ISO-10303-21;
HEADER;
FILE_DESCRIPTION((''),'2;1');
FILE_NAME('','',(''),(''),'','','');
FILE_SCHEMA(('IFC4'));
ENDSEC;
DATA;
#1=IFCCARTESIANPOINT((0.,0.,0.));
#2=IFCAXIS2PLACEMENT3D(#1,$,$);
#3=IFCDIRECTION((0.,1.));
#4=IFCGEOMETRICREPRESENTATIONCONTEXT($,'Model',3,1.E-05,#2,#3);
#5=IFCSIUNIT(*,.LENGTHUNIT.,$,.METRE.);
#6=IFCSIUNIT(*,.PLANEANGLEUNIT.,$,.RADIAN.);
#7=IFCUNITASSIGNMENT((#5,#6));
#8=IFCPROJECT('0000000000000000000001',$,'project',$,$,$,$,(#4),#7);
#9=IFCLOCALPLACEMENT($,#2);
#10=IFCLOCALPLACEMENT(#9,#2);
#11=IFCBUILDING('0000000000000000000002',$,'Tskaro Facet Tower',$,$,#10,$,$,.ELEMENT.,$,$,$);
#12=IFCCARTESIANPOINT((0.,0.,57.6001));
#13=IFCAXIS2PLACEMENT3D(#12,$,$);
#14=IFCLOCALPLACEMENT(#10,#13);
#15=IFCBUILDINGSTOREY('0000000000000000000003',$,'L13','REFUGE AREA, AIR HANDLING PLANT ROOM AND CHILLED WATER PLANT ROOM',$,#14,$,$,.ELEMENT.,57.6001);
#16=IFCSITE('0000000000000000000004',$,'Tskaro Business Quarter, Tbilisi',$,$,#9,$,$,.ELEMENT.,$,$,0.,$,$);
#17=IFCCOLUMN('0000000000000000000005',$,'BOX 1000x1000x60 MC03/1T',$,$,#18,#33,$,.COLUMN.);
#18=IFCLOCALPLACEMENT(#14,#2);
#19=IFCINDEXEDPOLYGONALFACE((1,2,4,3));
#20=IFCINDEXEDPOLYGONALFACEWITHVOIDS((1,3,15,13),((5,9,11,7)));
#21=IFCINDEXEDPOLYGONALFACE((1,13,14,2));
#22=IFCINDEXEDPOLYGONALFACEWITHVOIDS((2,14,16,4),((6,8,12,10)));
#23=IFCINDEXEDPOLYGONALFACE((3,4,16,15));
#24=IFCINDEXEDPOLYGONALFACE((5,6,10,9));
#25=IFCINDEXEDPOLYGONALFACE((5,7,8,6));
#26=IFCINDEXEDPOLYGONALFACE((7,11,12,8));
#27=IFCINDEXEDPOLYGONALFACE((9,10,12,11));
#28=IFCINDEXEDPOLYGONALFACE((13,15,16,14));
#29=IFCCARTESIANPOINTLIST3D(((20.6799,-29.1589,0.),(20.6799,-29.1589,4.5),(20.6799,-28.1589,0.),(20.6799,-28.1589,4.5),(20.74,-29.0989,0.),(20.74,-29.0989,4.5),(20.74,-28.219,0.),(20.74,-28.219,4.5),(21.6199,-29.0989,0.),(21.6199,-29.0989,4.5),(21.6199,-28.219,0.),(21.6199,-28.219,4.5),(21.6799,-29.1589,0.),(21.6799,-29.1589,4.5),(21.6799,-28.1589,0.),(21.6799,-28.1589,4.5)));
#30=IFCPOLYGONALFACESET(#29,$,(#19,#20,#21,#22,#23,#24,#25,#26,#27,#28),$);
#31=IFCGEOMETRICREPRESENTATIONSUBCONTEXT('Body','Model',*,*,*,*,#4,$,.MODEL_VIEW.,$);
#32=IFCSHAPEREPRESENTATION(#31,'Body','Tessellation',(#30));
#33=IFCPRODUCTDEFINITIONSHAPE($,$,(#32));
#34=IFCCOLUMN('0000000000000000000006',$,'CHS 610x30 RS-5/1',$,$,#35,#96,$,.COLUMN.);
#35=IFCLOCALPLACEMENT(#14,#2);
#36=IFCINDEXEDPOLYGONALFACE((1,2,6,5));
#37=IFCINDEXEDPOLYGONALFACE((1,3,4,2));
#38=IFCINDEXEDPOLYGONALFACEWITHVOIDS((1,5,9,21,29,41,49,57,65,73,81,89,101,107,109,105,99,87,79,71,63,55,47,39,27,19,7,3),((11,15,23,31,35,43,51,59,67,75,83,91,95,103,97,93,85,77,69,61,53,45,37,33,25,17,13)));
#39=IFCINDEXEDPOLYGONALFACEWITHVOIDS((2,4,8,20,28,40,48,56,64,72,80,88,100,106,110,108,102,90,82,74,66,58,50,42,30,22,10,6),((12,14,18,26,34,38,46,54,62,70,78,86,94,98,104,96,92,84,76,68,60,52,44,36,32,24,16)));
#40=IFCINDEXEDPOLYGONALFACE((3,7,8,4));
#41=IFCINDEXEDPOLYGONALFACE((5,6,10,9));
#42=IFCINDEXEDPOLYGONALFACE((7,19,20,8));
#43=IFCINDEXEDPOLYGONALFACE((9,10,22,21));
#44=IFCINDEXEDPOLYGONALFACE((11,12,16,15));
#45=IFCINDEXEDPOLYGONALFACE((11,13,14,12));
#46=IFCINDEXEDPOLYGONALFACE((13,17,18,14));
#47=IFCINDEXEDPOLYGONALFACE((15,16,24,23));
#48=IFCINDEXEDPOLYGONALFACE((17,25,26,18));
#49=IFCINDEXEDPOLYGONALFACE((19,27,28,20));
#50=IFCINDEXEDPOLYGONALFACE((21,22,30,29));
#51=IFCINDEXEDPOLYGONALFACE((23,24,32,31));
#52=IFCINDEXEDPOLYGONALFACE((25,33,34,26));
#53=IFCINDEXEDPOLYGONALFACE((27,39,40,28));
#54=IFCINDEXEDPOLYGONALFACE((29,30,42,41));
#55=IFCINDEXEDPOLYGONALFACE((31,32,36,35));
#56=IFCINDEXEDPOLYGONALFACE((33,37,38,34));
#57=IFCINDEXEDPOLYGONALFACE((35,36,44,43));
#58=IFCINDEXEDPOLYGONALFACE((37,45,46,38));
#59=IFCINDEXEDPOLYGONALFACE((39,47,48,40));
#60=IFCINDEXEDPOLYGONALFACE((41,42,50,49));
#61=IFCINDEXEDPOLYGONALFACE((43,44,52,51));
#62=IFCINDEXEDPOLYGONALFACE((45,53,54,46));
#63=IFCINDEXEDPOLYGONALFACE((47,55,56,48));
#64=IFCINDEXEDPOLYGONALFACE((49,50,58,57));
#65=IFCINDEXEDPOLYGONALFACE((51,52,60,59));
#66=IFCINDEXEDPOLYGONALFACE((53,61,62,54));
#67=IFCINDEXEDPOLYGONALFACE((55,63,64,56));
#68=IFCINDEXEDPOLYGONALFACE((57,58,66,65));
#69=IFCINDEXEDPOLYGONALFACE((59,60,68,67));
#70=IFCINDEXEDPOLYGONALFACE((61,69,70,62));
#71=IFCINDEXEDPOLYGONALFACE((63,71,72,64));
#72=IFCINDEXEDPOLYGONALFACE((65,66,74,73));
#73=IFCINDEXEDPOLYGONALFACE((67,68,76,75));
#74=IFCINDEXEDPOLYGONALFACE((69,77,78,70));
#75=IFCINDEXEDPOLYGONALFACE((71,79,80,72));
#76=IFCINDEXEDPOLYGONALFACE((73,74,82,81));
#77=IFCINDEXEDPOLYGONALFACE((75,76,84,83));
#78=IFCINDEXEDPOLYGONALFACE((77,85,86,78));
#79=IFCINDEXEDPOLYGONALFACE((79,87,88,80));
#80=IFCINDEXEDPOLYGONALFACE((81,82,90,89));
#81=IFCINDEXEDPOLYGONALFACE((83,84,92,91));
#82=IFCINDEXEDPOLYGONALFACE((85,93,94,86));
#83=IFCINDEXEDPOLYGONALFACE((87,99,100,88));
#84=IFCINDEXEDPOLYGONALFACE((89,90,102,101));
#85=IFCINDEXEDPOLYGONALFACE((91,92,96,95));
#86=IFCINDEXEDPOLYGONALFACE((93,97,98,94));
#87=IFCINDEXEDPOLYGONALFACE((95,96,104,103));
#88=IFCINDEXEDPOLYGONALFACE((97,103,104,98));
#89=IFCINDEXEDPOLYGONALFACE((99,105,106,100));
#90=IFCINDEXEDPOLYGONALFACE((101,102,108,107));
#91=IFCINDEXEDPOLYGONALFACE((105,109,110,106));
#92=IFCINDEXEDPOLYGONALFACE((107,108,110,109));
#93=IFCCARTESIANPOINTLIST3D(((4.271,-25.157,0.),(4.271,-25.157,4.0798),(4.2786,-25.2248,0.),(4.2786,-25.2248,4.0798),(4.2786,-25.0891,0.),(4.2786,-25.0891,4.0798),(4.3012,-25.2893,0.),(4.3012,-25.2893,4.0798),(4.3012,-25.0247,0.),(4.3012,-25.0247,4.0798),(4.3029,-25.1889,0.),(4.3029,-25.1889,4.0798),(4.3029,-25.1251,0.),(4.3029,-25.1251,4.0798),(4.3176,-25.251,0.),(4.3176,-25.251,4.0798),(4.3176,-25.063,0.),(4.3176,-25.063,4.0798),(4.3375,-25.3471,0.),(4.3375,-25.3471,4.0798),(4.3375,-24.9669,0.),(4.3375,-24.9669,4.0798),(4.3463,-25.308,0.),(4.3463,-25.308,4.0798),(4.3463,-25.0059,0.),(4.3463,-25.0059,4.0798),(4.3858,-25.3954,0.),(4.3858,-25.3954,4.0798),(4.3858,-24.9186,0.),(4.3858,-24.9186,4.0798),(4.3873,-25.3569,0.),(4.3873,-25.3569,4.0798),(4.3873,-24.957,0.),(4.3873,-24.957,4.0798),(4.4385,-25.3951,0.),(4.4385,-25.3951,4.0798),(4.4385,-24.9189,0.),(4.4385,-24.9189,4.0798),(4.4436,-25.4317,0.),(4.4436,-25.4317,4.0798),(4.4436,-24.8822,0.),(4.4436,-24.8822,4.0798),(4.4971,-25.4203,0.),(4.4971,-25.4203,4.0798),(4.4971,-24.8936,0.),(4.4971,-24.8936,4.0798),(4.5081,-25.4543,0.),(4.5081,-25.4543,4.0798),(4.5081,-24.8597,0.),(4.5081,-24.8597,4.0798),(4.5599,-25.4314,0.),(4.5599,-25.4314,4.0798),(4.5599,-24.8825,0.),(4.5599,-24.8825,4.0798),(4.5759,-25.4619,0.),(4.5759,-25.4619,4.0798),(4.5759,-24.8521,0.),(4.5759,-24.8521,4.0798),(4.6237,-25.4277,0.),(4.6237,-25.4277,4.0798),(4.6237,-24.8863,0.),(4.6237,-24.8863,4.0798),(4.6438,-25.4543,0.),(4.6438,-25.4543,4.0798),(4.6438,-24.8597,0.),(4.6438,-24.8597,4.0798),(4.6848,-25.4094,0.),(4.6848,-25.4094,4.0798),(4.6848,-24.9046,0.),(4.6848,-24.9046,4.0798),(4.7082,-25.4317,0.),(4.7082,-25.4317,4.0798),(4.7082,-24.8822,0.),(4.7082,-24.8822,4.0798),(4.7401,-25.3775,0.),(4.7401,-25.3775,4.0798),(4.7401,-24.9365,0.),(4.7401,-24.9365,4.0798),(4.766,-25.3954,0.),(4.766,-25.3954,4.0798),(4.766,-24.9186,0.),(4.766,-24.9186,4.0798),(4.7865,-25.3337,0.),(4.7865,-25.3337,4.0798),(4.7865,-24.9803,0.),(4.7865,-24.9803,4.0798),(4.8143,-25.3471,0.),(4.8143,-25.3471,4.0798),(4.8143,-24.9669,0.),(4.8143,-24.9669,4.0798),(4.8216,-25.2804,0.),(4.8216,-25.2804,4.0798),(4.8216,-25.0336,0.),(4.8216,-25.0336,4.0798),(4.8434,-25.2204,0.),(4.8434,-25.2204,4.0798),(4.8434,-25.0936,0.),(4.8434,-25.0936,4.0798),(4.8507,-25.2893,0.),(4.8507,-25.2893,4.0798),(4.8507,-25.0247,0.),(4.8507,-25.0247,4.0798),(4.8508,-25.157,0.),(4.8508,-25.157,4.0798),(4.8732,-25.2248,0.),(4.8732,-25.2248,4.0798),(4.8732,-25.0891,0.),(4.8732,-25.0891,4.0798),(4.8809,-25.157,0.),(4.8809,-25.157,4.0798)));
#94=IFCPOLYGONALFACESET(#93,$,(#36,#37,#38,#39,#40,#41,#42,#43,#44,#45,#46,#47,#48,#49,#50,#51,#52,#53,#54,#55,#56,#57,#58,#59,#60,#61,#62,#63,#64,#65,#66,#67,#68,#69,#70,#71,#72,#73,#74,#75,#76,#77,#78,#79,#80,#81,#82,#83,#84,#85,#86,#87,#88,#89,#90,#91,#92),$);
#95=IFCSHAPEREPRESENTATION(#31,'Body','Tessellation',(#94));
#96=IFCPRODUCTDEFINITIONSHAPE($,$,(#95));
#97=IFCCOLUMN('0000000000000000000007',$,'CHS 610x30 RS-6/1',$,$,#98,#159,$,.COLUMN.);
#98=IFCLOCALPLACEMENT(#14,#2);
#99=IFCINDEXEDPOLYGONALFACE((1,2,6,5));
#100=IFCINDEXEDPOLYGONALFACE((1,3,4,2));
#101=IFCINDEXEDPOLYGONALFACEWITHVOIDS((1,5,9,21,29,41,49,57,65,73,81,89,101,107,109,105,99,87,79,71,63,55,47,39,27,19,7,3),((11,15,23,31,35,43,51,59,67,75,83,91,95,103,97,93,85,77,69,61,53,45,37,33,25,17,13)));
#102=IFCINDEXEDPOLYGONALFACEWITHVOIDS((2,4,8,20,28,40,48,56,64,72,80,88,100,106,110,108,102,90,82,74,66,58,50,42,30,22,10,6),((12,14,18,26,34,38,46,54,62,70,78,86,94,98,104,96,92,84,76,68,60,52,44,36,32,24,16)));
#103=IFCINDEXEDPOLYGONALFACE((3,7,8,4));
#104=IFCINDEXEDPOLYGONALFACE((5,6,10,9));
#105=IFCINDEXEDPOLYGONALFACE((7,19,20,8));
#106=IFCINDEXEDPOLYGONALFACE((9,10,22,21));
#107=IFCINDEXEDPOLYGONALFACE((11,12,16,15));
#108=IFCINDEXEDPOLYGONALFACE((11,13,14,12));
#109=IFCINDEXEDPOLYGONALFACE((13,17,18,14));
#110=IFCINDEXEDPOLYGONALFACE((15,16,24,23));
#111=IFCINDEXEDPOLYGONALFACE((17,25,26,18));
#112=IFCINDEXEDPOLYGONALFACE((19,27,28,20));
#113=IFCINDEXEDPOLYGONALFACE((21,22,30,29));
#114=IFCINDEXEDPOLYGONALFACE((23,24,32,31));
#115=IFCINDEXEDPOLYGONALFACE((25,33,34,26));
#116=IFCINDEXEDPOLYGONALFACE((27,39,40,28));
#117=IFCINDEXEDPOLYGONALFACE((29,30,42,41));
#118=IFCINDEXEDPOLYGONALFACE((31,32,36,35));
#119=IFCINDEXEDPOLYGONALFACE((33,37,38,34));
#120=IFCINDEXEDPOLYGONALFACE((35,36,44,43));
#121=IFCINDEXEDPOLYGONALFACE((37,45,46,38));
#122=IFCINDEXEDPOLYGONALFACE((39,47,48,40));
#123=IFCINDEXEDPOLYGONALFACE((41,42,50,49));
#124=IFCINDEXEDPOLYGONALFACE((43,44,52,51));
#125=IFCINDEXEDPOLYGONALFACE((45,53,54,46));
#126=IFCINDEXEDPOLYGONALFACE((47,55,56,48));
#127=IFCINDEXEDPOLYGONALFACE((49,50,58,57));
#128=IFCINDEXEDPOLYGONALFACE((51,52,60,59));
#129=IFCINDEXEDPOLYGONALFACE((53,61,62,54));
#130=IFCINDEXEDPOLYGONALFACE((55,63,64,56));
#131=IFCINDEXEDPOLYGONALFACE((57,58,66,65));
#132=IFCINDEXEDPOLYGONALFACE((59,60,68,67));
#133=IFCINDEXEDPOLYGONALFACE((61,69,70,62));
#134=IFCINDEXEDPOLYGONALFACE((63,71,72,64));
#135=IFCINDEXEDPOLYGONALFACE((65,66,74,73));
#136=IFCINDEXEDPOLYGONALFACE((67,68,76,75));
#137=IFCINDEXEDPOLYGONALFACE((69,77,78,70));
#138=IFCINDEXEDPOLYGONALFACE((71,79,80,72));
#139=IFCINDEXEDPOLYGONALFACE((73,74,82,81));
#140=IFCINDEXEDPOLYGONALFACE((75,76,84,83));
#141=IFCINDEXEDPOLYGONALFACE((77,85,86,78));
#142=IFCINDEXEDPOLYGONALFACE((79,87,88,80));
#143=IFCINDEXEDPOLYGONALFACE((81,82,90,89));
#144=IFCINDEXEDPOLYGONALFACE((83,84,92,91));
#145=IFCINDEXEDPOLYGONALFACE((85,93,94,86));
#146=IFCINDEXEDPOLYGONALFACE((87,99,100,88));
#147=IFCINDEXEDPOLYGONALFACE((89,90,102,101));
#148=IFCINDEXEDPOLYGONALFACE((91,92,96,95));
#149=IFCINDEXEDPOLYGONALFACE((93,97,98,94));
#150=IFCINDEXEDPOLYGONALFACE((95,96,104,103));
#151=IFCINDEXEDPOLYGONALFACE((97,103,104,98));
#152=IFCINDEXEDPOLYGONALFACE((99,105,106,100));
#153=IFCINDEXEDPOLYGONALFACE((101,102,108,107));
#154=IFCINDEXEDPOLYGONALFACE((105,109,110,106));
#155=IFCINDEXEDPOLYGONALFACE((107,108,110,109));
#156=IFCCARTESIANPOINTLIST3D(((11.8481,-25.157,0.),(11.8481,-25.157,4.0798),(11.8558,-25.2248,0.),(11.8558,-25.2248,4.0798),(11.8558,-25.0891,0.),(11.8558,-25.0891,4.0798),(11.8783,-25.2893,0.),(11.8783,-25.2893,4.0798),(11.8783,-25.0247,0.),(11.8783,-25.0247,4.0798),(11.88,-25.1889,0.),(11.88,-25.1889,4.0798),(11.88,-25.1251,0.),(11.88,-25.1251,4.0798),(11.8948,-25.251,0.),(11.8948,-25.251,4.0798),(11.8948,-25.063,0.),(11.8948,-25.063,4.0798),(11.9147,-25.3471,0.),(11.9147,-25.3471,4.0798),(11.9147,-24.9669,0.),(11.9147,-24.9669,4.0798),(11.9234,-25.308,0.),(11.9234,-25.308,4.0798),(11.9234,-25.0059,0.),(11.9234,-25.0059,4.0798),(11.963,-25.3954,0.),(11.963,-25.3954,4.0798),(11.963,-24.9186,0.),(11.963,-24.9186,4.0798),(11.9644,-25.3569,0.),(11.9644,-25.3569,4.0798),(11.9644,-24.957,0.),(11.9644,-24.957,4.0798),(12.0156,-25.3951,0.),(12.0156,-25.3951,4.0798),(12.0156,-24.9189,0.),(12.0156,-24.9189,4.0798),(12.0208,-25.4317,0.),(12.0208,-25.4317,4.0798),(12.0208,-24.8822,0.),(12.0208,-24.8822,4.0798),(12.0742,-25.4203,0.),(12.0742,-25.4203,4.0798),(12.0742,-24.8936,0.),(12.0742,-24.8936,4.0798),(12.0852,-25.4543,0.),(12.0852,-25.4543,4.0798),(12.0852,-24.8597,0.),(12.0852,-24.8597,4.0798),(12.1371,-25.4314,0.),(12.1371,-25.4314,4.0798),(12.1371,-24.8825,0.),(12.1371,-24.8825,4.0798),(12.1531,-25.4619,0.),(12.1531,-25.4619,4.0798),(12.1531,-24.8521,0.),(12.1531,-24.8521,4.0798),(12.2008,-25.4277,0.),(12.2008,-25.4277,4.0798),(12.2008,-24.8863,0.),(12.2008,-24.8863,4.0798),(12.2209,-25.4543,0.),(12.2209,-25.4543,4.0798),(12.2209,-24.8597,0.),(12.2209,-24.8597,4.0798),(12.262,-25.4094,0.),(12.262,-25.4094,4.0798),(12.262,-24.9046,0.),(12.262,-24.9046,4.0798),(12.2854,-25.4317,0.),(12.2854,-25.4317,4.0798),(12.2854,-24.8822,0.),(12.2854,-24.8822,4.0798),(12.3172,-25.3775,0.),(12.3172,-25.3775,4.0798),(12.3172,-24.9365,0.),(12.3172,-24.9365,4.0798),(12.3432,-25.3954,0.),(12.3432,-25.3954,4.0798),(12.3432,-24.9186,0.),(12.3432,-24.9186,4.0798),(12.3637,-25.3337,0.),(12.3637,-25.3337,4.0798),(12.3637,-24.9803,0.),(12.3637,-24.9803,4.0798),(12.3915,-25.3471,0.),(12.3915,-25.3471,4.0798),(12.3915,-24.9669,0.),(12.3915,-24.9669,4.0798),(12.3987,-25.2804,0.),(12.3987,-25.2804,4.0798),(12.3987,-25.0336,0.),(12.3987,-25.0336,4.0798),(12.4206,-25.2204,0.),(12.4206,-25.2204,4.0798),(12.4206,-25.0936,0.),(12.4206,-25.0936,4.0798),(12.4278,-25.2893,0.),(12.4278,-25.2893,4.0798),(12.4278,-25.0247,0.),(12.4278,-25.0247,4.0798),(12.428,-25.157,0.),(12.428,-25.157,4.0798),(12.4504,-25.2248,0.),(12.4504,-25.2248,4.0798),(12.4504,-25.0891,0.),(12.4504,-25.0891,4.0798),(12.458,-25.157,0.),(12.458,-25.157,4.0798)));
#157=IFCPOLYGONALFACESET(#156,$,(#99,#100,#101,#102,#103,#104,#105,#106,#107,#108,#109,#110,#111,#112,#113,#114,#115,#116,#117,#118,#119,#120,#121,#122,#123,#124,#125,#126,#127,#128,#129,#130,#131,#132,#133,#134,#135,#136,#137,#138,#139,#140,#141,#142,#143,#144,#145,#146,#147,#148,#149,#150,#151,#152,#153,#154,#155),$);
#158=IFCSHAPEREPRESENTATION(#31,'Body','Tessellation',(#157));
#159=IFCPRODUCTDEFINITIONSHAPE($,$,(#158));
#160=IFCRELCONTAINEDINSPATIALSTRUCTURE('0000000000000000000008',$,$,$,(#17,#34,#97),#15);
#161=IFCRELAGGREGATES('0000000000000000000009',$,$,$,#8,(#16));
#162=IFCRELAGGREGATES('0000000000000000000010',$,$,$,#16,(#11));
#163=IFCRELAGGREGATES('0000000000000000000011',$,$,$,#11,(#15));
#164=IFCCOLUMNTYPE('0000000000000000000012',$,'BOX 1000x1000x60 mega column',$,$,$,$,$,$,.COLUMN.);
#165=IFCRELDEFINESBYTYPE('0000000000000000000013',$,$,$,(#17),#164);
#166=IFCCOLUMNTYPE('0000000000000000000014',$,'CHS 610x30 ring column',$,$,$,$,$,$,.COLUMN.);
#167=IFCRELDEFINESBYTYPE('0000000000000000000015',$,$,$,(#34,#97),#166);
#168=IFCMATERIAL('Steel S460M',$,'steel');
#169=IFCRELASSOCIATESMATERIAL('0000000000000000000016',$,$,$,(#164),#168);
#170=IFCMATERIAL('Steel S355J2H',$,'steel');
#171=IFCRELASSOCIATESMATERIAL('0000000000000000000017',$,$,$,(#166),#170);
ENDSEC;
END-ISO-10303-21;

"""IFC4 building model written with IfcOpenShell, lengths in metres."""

from ifc_helpers import new_model, si_unit, direction, frame, origin, origin_2d, place, context, subcontext, project, spatial, hollow_rectangle, hollow_circle, extrude, material, material_profile, profile_set, type_object, element, save


model = new_model("IFC4")

# Units and contexts
model_context = context("Model", 3, precision=1e-05, world=origin(), true_north=direction((0.0, 1.0)))
body_context = subcontext(model_context, "Body", "Model", "MODEL_VIEW")
ifc_project = project(units=[si_unit("LENGTHUNIT", "METRE"), si_unit("PLANEANGLEUNIT", "RADIAN")], contexts=[model_context])

# Site, building, storey
site_placement = place(None, origin())
site = spatial("IfcSite", under=ifc_project, at=site_placement, Name="Tskaro Business Quarter, Tbilisi", CompositionType="ELEMENT", RefElevation=0.0)
building_placement = place(site_placement, origin())
building = spatial("IfcBuilding", under=site, at=building_placement, Name="Tskaro Facet Tower", CompositionType="ELEMENT")
storey_placement = place(building_placement, frame((0.0, 0.0, 57.6001)))
storey = spatial("IfcBuildingStorey", under=building, at=storey_placement, Name="L13", Description="REFUGE AREA, AIR HANDLING PLANT ROOM AND CHILLED WATER PLANT ROOM", CompositionType="ELEMENT", Elevation=57.6001)

# Columns
ifc_material_1 = material(Name="Steel S460M", Category="steel")
ifc_material_profile_1 = material_profile(ifc_material_1, hollow_rectangle(XDim=1.0, YDim=1.0, WallThickness=0.0601, at=origin_2d()), Name="BOX 1000x1000x60")
ifc_profile_set_1 = profile_set([ifc_material_profile_1], Name="Steel S460M")
column_type_1 = type_object("IfcColumnType", Name="BOX 1000x1000x60 mega column", PredefinedType="COLUMN", material=ifc_profile_set_1)
column_placement = place(storey_placement, frame((21.1799, -28.6589, 0.0), z_axis=(0.0, 0.0, 1.0), x_axis=(1.0, 0.0, 0.0)))
element("IfcColumn", 1, at=column_placement, inside=storey, type_object=column_type_1, Name="BOX 1000x1000x60 MC03/1T", PredefinedType="COLUMN", context=body_context, shape_type="SweptSolid", body=[
    extrude(hollow_rectangle(XDim=1.0, YDim=1.0, WallThickness=0.0601, at=origin_2d()), origin(), (0.0, 0.0, 1.0), 4.5),
])
ifc_material_2 = material(Name="Steel S355J2H", Category="steel")
ifc_material_profile_2 = material_profile(ifc_material_2, hollow_circle(Radius=0.3049, WallThickness=0.03, at=origin_2d()), Name="CHS 610x30")
ifc_profile_set_2 = profile_set([ifc_material_profile_2], Name="Steel S355J2H")
column_type_2 = type_object("IfcColumnType", Name="CHS 610x30 ring column", PredefinedType="COLUMN", material=ifc_profile_set_2)
for number, where, z_axis, x_axis, name in (
    (2, (4.5759, -25.157, 0.0), (0.0, 0.0, 1.0), (1.0, 0.0, 0.0), "CHS 610x30 RS-5/1"),
    (3, (12.1531, -25.157, 0.0), (0.0, 0.0, 1.0), (1.0, 0.0, 0.0), "CHS 610x30 RS-6/1"),
):
    element("IfcColumn", number, at=place(storey_placement, frame(where, z_axis=z_axis, x_axis=x_axis)), inside=storey, type_object=column_type_2, Name=name, PredefinedType="COLUMN", context=body_context, shape_type="SweptSolid", body=[
        extrude(hollow_circle(Radius=0.3049, WallThickness=0.03, at=origin_2d()), origin(), (0.0, 0.0, 1.0), 4.0798),
    ])

save(model, "model.ifc")
